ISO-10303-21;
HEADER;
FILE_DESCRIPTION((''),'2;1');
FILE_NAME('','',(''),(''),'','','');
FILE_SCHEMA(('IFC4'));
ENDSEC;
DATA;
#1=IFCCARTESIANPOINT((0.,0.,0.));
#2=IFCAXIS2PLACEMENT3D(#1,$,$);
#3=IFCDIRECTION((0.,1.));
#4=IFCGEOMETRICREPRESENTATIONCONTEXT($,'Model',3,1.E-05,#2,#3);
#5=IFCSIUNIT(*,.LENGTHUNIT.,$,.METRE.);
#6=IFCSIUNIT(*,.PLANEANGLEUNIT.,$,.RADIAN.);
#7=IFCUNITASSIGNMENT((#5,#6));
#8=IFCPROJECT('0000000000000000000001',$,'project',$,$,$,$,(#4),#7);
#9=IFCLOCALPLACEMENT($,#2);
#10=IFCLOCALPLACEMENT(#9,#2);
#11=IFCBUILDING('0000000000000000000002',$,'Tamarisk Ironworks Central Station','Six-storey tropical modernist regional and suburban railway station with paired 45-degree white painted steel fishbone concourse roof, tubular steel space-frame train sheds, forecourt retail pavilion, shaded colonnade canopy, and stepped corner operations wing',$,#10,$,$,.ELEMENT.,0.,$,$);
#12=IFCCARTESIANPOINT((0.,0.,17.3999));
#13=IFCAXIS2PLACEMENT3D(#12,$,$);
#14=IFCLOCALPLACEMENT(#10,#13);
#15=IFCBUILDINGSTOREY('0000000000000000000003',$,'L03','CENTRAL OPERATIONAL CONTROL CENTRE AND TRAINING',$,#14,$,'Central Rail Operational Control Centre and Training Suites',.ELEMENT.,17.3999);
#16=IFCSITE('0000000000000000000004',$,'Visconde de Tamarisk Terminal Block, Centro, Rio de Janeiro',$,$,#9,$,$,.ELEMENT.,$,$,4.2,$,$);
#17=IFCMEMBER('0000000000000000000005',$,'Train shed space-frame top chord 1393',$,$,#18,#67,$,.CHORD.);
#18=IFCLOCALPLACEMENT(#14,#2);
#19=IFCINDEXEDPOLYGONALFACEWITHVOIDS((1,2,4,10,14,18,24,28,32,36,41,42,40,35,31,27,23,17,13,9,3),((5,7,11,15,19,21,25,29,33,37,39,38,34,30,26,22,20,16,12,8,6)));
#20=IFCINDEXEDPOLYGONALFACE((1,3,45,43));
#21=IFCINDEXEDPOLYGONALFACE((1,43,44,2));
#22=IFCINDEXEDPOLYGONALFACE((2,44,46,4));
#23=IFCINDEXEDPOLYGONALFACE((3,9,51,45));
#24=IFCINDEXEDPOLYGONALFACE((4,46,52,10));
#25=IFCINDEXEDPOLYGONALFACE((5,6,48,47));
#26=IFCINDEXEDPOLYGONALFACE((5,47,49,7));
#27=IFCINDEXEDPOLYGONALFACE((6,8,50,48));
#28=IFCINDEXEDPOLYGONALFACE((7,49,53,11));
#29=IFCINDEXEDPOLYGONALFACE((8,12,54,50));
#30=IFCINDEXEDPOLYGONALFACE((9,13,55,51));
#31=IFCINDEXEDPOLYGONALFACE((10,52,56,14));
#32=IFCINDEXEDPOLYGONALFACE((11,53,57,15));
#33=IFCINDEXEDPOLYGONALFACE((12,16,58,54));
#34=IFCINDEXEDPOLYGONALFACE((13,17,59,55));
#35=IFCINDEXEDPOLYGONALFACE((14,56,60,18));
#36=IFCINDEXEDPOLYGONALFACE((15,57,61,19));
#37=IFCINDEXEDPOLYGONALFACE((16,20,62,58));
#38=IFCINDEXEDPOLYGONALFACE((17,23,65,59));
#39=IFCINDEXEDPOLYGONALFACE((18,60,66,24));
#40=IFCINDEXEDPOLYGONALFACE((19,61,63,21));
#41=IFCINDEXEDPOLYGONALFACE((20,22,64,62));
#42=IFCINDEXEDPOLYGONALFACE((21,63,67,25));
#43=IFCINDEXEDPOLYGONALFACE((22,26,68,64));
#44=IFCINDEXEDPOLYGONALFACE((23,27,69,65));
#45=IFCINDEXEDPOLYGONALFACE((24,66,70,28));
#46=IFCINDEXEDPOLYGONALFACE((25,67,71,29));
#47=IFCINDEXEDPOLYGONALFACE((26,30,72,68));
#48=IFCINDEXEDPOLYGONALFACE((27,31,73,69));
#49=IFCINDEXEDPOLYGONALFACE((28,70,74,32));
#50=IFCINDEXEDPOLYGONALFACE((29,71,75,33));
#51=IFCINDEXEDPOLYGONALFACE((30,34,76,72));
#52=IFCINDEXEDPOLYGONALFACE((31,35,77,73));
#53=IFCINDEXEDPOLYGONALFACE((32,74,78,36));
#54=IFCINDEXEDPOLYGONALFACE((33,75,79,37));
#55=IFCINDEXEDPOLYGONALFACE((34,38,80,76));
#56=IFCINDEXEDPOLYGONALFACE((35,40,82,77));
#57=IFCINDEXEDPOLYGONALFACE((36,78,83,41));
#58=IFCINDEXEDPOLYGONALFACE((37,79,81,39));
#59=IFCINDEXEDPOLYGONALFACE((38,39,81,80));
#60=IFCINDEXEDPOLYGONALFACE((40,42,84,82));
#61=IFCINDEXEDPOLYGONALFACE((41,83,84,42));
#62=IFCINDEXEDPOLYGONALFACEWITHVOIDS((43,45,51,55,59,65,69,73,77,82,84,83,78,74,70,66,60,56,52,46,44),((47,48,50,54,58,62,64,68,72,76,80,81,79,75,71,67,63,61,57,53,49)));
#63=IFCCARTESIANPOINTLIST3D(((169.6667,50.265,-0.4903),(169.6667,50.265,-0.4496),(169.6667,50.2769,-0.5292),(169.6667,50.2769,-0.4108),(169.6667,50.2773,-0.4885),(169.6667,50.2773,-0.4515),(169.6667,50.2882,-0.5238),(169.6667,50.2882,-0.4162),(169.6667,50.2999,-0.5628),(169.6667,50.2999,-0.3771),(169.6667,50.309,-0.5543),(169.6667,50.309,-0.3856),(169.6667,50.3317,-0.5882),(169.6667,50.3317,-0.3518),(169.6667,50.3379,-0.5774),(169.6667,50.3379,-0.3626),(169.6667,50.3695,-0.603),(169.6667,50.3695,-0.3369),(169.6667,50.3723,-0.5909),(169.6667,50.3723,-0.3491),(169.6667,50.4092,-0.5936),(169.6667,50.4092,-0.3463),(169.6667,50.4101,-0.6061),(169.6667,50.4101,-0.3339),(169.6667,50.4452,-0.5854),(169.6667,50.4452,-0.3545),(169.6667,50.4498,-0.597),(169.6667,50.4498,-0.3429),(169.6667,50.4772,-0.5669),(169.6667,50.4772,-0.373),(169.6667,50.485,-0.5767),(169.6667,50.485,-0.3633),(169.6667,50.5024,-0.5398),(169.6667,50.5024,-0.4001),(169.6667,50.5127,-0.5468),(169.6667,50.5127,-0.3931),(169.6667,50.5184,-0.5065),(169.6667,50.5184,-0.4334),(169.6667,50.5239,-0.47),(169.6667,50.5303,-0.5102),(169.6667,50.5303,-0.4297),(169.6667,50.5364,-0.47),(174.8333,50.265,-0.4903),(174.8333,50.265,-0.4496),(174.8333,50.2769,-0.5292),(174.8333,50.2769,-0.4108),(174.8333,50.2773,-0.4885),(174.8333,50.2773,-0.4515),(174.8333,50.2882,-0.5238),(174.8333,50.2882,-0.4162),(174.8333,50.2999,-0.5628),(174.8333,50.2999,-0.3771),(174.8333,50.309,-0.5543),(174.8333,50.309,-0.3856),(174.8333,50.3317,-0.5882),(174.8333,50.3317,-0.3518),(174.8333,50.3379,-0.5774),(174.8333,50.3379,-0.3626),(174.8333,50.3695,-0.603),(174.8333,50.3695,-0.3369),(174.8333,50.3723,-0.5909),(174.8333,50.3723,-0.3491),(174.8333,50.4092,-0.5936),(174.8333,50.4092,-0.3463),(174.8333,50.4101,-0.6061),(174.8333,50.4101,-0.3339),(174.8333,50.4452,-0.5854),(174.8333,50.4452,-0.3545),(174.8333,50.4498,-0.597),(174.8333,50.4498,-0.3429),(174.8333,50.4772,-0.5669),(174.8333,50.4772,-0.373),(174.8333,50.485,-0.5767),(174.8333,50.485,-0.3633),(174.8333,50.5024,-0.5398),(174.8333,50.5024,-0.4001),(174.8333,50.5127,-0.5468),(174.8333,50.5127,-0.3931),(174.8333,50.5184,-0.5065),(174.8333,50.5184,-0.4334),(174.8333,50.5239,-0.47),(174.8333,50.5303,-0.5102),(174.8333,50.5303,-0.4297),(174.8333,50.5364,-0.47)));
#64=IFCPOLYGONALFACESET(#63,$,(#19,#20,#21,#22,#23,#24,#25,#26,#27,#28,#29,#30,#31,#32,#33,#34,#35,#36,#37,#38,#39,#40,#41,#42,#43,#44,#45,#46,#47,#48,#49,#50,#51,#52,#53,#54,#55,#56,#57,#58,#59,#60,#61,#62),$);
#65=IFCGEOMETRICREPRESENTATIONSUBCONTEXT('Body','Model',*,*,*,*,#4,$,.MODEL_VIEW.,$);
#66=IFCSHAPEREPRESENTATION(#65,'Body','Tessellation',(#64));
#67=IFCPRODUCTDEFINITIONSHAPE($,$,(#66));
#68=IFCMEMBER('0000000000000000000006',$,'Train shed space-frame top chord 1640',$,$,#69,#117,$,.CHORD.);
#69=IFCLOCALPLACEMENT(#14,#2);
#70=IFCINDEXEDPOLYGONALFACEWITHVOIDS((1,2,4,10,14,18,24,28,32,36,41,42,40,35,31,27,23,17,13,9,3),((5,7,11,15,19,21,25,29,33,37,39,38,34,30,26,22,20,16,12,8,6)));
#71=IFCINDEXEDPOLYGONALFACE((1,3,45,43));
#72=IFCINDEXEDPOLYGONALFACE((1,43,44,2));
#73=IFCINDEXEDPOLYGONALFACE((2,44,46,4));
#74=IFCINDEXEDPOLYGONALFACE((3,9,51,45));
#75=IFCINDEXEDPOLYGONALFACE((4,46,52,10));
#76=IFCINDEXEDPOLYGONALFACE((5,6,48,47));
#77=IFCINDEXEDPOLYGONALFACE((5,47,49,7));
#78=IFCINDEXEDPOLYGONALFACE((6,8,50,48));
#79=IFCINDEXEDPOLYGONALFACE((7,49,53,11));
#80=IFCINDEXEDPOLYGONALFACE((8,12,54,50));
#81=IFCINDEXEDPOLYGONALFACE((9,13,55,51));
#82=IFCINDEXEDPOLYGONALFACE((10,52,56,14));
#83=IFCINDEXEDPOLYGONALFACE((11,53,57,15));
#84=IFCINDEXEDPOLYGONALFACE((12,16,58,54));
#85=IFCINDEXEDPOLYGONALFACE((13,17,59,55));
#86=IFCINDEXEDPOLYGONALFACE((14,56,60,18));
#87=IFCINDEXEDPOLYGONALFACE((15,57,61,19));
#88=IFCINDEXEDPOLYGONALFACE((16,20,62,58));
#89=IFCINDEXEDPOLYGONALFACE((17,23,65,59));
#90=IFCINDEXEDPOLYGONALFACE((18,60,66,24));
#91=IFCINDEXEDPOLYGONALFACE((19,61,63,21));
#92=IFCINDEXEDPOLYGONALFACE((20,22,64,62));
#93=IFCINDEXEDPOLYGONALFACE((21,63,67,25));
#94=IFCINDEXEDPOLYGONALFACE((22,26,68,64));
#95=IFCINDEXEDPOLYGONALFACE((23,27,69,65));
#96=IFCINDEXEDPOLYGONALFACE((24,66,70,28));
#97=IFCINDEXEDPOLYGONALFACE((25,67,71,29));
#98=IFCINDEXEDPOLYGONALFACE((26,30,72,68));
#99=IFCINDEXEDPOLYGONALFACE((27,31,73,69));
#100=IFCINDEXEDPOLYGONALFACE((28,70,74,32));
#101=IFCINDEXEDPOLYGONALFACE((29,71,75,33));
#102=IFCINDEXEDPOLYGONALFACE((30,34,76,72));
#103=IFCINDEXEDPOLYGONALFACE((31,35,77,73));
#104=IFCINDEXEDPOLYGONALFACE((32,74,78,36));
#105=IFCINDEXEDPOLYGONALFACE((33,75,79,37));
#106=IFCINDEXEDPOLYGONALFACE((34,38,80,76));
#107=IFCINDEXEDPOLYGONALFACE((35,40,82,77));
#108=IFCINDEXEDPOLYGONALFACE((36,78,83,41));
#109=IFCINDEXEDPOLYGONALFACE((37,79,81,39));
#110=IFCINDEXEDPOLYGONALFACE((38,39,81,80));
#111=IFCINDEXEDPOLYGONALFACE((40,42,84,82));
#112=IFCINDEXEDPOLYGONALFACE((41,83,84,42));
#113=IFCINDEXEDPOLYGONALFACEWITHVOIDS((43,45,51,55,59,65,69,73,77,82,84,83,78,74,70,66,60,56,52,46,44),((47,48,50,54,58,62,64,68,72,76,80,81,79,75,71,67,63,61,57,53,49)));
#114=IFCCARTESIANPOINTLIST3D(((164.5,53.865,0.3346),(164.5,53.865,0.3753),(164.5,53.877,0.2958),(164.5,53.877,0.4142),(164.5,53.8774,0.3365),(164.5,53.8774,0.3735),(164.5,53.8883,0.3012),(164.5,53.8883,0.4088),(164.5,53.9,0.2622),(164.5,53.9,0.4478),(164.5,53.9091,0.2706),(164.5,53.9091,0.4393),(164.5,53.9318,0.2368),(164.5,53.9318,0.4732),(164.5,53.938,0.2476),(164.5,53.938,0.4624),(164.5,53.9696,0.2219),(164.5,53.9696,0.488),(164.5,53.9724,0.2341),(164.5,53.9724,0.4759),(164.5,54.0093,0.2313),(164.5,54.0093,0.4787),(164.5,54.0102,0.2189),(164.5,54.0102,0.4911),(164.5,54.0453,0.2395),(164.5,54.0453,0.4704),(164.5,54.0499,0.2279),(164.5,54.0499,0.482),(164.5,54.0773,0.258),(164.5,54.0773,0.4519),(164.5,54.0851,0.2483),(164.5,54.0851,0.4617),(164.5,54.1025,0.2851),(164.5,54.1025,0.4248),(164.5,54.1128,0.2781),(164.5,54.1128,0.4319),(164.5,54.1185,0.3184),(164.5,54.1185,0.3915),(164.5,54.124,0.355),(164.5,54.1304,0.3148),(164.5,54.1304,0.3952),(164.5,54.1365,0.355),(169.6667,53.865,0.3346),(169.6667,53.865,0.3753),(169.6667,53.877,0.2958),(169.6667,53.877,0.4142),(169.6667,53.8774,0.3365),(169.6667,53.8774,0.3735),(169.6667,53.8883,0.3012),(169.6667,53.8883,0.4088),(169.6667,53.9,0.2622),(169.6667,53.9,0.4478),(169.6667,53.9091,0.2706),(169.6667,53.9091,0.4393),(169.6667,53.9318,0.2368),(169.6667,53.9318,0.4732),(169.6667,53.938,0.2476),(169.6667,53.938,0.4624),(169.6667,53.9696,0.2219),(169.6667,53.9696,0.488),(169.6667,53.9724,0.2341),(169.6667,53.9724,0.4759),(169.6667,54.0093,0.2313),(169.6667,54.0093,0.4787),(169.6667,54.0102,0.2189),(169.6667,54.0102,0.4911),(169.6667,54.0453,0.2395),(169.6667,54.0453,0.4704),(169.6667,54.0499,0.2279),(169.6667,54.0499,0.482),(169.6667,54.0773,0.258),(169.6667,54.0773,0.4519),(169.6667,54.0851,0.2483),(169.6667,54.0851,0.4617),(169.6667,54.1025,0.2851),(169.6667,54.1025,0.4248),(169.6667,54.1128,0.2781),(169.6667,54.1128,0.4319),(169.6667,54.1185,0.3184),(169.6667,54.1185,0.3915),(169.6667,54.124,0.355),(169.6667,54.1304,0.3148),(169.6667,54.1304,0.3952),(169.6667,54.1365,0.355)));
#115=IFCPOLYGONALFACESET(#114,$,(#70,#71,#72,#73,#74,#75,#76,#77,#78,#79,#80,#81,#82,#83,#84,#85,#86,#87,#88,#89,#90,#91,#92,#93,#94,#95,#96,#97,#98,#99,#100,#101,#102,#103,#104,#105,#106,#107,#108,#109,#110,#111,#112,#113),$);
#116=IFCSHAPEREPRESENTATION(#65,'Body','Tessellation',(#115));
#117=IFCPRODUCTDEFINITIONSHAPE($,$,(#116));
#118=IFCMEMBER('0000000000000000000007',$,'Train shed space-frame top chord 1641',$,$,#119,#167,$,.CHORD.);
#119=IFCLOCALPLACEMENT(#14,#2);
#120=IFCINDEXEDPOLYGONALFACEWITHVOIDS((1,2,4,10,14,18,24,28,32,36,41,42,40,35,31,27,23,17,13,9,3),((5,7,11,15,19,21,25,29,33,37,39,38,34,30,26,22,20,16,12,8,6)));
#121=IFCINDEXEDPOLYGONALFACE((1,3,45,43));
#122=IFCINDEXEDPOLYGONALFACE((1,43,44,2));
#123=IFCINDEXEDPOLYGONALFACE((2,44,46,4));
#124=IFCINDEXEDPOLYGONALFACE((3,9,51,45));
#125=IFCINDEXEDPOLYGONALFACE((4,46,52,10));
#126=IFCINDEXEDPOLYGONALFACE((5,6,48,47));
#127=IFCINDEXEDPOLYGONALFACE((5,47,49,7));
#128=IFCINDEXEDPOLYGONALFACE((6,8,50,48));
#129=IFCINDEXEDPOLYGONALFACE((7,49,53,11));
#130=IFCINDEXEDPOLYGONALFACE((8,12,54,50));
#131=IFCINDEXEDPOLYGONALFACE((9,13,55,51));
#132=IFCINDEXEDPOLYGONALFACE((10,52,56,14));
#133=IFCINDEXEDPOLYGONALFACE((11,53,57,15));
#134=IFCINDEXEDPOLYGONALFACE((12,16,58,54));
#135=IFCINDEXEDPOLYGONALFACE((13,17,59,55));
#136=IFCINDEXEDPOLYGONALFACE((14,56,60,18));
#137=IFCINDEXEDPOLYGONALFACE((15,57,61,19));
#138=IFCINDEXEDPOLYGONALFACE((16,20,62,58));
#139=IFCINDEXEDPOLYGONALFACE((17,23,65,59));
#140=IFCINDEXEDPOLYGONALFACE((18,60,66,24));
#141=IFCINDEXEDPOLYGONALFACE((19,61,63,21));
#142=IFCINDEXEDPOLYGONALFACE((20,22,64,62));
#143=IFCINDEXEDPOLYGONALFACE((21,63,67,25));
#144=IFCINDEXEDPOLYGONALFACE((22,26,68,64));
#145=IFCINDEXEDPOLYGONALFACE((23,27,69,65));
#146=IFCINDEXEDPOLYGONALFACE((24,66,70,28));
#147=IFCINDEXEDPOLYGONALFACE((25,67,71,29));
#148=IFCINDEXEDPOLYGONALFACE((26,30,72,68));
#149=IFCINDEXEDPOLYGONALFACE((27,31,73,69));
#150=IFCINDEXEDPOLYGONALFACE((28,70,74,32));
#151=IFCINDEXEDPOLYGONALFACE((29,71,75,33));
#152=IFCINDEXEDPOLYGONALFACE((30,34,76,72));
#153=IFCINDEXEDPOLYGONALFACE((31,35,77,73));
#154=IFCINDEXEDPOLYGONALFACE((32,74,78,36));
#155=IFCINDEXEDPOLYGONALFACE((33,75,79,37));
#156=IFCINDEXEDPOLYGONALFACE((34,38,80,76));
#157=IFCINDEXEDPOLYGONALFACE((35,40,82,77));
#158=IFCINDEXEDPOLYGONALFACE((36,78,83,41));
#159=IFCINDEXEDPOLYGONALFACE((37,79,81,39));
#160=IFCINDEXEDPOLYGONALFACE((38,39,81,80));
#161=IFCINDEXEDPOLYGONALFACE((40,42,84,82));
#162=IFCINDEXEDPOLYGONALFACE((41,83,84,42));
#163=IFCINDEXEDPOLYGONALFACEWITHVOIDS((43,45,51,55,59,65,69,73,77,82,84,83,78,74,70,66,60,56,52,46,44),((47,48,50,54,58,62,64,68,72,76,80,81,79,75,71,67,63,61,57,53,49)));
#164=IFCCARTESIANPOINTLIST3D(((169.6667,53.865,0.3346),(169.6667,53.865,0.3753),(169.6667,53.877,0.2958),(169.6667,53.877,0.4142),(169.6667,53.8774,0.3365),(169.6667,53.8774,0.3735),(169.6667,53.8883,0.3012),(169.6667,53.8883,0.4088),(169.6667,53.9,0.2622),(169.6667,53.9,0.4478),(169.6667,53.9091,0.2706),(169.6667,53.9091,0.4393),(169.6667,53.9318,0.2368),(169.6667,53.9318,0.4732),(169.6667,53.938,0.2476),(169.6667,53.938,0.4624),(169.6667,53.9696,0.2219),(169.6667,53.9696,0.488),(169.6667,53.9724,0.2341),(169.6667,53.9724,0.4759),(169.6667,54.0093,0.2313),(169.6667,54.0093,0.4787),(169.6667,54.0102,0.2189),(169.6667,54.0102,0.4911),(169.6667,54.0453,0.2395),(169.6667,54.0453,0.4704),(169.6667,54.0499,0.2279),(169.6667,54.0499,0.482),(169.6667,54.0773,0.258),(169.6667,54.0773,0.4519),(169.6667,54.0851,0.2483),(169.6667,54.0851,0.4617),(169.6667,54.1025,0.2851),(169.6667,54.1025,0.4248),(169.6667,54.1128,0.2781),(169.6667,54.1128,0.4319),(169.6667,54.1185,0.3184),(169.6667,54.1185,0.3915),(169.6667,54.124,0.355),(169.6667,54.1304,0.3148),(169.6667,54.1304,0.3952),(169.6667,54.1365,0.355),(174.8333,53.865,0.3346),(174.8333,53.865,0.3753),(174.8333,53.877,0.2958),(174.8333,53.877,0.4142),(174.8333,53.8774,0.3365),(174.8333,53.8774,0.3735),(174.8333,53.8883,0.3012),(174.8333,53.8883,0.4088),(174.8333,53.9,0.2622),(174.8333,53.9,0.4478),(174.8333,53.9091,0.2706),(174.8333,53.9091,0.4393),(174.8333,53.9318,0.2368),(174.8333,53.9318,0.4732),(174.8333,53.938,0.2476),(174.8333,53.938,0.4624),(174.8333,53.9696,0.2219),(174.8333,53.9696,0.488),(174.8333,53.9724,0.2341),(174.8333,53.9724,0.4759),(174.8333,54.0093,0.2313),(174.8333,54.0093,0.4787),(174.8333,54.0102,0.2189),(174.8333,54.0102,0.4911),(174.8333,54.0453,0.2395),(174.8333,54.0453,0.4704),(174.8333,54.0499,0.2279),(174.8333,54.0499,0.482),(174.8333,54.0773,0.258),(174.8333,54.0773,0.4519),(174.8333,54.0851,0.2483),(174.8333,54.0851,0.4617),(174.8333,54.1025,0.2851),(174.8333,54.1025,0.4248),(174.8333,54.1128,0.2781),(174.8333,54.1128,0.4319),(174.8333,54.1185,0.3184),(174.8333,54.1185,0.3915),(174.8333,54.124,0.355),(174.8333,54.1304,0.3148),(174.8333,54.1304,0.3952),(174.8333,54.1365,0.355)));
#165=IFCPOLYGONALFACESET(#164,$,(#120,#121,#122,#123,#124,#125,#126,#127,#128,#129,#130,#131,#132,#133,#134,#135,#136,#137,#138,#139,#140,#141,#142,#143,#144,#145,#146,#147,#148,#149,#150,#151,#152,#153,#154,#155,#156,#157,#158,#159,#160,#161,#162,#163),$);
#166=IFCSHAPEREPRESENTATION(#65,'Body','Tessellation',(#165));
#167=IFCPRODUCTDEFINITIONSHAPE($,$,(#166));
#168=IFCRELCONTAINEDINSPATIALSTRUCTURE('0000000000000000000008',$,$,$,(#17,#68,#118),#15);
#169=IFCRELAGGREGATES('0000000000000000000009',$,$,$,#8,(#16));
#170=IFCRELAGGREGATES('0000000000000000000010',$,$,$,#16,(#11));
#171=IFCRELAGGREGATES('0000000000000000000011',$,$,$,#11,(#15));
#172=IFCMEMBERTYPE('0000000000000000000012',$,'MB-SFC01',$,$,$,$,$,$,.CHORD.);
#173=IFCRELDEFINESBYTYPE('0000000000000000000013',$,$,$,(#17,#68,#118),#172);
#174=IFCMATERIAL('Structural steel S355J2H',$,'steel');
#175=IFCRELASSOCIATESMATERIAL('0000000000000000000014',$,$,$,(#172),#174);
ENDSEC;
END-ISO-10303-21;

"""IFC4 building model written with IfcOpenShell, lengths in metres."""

from ifc_helpers import new_model, si_unit, direction, frame, origin, origin_2d, place, context, subcontext, project, spatial, hollow_circle, extrude, material, material_profile, profile_set, type_object, element, save


model = new_model("IFC4")

# Units and contexts
model_context = context("Model", 3, precision=1e-05, world=origin(), true_north=direction((0.0, 1.0)))
body_context = subcontext(model_context, "Body", "Model", "MODEL_VIEW")
ifc_project = project(units=[si_unit("LENGTHUNIT", "METRE"), si_unit("PLANEANGLEUNIT", "RADIAN")], contexts=[model_context])

# Site, building, storey
site_placement = place(None, origin())
site = spatial("IfcSite", under=ifc_project, at=site_placement, Name="Visconde de Tamarisk Terminal Block, Centro, Rio de Janeiro", CompositionType="ELEMENT", RefElevation=4.2)
building_placement = place(site_placement, origin())
building = spatial("IfcBuilding", under=site, at=building_placement, Name="Tamarisk Ironworks Central Station", Description="Six-storey tropical modernist regional and suburban railway station with paired 45-degree white painted steel fishbone concourse roof, tubular steel space-frame train sheds, forecourt retail pavilion, shaded colonnade canopy, and stepped corner operations wing", CompositionType="ELEMENT", ElevationOfRefHeight=0.0)
storey_placement = place(building_placement, frame((0.0, 0.0, 17.3999)))
storey = spatial("IfcBuildingStorey", under=building, at=storey_placement, Name="L03", Description="CENTRAL OPERATIONAL CONTROL CENTRE AND TRAINING", LongName="Central Rail Operational Control Centre and Training Suites", CompositionType="ELEMENT", Elevation=17.3999)

# Members
ifc_material_1 = material(Name="Structural steel S355J2H", Category="steel")
ifc_material_profile_1 = material_profile(ifc_material_1, hollow_circle(Radius=0.1365, WallThickness=0.0125, at=origin_2d()), Name="CHS 273x12.5")
ifc_profile_set_1 = profile_set([ifc_material_profile_1], Name="Structural steel S355J2H")
member_type_1 = type_object("IfcMemberType", Name="MB-SFC01", PredefinedType="CHORD", material=ifc_profile_set_1)
member_1_placement = place(storey_placement, frame((169.6667, 50.3999, -0.47), z_axis=(1.0, 0.0, 0.0), x_axis=(0.0, 1.0, 0.0)))
element("IfcMember", 1, at=member_1_placement, inside=storey, type_object=member_type_1, Name="Train shed space-frame top chord 1393", PredefinedType="CHORD", context=body_context, shape_type="SweptSolid", body=[
    extrude(hollow_circle(Radius=0.1365, WallThickness=0.0125, at=origin_2d()), origin(), (0.0, 0.0, 1.0), 5.1665),
])
member_2_placement = place(storey_placement, frame((164.5, 54.0, 0.355), z_axis=(1.0, 0.0, 0.0), x_axis=(0.0, 1.0, 0.0)))
element("IfcMember", 2, at=member_2_placement, inside=storey, type_object=member_type_1, Name="Train shed space-frame top chord 1640", PredefinedType="CHORD", context=body_context, shape_type="SweptSolid", body=[
    extrude(hollow_circle(Radius=0.1365, WallThickness=0.0125, at=origin_2d()), origin(), (0.0, 0.0, 1.0), 5.1667),
])
member_3_placement = place(storey_placement, frame((169.6667, 54.0, 0.355), z_axis=(1.0, 0.0, 0.0), x_axis=(0.0, 1.0, 0.0)))
element("IfcMember", 3, at=member_3_placement, inside=storey, type_object=member_type_1, Name="Train shed space-frame top chord 1641", PredefinedType="CHORD", context=body_context, shape_type="SweptSolid", body=[
    extrude(hollow_circle(Radius=0.1365, WallThickness=0.0125, at=origin_2d()), origin(), (0.0, 0.0, 1.0), 5.1665),
])

save(model, "model.ifc")
